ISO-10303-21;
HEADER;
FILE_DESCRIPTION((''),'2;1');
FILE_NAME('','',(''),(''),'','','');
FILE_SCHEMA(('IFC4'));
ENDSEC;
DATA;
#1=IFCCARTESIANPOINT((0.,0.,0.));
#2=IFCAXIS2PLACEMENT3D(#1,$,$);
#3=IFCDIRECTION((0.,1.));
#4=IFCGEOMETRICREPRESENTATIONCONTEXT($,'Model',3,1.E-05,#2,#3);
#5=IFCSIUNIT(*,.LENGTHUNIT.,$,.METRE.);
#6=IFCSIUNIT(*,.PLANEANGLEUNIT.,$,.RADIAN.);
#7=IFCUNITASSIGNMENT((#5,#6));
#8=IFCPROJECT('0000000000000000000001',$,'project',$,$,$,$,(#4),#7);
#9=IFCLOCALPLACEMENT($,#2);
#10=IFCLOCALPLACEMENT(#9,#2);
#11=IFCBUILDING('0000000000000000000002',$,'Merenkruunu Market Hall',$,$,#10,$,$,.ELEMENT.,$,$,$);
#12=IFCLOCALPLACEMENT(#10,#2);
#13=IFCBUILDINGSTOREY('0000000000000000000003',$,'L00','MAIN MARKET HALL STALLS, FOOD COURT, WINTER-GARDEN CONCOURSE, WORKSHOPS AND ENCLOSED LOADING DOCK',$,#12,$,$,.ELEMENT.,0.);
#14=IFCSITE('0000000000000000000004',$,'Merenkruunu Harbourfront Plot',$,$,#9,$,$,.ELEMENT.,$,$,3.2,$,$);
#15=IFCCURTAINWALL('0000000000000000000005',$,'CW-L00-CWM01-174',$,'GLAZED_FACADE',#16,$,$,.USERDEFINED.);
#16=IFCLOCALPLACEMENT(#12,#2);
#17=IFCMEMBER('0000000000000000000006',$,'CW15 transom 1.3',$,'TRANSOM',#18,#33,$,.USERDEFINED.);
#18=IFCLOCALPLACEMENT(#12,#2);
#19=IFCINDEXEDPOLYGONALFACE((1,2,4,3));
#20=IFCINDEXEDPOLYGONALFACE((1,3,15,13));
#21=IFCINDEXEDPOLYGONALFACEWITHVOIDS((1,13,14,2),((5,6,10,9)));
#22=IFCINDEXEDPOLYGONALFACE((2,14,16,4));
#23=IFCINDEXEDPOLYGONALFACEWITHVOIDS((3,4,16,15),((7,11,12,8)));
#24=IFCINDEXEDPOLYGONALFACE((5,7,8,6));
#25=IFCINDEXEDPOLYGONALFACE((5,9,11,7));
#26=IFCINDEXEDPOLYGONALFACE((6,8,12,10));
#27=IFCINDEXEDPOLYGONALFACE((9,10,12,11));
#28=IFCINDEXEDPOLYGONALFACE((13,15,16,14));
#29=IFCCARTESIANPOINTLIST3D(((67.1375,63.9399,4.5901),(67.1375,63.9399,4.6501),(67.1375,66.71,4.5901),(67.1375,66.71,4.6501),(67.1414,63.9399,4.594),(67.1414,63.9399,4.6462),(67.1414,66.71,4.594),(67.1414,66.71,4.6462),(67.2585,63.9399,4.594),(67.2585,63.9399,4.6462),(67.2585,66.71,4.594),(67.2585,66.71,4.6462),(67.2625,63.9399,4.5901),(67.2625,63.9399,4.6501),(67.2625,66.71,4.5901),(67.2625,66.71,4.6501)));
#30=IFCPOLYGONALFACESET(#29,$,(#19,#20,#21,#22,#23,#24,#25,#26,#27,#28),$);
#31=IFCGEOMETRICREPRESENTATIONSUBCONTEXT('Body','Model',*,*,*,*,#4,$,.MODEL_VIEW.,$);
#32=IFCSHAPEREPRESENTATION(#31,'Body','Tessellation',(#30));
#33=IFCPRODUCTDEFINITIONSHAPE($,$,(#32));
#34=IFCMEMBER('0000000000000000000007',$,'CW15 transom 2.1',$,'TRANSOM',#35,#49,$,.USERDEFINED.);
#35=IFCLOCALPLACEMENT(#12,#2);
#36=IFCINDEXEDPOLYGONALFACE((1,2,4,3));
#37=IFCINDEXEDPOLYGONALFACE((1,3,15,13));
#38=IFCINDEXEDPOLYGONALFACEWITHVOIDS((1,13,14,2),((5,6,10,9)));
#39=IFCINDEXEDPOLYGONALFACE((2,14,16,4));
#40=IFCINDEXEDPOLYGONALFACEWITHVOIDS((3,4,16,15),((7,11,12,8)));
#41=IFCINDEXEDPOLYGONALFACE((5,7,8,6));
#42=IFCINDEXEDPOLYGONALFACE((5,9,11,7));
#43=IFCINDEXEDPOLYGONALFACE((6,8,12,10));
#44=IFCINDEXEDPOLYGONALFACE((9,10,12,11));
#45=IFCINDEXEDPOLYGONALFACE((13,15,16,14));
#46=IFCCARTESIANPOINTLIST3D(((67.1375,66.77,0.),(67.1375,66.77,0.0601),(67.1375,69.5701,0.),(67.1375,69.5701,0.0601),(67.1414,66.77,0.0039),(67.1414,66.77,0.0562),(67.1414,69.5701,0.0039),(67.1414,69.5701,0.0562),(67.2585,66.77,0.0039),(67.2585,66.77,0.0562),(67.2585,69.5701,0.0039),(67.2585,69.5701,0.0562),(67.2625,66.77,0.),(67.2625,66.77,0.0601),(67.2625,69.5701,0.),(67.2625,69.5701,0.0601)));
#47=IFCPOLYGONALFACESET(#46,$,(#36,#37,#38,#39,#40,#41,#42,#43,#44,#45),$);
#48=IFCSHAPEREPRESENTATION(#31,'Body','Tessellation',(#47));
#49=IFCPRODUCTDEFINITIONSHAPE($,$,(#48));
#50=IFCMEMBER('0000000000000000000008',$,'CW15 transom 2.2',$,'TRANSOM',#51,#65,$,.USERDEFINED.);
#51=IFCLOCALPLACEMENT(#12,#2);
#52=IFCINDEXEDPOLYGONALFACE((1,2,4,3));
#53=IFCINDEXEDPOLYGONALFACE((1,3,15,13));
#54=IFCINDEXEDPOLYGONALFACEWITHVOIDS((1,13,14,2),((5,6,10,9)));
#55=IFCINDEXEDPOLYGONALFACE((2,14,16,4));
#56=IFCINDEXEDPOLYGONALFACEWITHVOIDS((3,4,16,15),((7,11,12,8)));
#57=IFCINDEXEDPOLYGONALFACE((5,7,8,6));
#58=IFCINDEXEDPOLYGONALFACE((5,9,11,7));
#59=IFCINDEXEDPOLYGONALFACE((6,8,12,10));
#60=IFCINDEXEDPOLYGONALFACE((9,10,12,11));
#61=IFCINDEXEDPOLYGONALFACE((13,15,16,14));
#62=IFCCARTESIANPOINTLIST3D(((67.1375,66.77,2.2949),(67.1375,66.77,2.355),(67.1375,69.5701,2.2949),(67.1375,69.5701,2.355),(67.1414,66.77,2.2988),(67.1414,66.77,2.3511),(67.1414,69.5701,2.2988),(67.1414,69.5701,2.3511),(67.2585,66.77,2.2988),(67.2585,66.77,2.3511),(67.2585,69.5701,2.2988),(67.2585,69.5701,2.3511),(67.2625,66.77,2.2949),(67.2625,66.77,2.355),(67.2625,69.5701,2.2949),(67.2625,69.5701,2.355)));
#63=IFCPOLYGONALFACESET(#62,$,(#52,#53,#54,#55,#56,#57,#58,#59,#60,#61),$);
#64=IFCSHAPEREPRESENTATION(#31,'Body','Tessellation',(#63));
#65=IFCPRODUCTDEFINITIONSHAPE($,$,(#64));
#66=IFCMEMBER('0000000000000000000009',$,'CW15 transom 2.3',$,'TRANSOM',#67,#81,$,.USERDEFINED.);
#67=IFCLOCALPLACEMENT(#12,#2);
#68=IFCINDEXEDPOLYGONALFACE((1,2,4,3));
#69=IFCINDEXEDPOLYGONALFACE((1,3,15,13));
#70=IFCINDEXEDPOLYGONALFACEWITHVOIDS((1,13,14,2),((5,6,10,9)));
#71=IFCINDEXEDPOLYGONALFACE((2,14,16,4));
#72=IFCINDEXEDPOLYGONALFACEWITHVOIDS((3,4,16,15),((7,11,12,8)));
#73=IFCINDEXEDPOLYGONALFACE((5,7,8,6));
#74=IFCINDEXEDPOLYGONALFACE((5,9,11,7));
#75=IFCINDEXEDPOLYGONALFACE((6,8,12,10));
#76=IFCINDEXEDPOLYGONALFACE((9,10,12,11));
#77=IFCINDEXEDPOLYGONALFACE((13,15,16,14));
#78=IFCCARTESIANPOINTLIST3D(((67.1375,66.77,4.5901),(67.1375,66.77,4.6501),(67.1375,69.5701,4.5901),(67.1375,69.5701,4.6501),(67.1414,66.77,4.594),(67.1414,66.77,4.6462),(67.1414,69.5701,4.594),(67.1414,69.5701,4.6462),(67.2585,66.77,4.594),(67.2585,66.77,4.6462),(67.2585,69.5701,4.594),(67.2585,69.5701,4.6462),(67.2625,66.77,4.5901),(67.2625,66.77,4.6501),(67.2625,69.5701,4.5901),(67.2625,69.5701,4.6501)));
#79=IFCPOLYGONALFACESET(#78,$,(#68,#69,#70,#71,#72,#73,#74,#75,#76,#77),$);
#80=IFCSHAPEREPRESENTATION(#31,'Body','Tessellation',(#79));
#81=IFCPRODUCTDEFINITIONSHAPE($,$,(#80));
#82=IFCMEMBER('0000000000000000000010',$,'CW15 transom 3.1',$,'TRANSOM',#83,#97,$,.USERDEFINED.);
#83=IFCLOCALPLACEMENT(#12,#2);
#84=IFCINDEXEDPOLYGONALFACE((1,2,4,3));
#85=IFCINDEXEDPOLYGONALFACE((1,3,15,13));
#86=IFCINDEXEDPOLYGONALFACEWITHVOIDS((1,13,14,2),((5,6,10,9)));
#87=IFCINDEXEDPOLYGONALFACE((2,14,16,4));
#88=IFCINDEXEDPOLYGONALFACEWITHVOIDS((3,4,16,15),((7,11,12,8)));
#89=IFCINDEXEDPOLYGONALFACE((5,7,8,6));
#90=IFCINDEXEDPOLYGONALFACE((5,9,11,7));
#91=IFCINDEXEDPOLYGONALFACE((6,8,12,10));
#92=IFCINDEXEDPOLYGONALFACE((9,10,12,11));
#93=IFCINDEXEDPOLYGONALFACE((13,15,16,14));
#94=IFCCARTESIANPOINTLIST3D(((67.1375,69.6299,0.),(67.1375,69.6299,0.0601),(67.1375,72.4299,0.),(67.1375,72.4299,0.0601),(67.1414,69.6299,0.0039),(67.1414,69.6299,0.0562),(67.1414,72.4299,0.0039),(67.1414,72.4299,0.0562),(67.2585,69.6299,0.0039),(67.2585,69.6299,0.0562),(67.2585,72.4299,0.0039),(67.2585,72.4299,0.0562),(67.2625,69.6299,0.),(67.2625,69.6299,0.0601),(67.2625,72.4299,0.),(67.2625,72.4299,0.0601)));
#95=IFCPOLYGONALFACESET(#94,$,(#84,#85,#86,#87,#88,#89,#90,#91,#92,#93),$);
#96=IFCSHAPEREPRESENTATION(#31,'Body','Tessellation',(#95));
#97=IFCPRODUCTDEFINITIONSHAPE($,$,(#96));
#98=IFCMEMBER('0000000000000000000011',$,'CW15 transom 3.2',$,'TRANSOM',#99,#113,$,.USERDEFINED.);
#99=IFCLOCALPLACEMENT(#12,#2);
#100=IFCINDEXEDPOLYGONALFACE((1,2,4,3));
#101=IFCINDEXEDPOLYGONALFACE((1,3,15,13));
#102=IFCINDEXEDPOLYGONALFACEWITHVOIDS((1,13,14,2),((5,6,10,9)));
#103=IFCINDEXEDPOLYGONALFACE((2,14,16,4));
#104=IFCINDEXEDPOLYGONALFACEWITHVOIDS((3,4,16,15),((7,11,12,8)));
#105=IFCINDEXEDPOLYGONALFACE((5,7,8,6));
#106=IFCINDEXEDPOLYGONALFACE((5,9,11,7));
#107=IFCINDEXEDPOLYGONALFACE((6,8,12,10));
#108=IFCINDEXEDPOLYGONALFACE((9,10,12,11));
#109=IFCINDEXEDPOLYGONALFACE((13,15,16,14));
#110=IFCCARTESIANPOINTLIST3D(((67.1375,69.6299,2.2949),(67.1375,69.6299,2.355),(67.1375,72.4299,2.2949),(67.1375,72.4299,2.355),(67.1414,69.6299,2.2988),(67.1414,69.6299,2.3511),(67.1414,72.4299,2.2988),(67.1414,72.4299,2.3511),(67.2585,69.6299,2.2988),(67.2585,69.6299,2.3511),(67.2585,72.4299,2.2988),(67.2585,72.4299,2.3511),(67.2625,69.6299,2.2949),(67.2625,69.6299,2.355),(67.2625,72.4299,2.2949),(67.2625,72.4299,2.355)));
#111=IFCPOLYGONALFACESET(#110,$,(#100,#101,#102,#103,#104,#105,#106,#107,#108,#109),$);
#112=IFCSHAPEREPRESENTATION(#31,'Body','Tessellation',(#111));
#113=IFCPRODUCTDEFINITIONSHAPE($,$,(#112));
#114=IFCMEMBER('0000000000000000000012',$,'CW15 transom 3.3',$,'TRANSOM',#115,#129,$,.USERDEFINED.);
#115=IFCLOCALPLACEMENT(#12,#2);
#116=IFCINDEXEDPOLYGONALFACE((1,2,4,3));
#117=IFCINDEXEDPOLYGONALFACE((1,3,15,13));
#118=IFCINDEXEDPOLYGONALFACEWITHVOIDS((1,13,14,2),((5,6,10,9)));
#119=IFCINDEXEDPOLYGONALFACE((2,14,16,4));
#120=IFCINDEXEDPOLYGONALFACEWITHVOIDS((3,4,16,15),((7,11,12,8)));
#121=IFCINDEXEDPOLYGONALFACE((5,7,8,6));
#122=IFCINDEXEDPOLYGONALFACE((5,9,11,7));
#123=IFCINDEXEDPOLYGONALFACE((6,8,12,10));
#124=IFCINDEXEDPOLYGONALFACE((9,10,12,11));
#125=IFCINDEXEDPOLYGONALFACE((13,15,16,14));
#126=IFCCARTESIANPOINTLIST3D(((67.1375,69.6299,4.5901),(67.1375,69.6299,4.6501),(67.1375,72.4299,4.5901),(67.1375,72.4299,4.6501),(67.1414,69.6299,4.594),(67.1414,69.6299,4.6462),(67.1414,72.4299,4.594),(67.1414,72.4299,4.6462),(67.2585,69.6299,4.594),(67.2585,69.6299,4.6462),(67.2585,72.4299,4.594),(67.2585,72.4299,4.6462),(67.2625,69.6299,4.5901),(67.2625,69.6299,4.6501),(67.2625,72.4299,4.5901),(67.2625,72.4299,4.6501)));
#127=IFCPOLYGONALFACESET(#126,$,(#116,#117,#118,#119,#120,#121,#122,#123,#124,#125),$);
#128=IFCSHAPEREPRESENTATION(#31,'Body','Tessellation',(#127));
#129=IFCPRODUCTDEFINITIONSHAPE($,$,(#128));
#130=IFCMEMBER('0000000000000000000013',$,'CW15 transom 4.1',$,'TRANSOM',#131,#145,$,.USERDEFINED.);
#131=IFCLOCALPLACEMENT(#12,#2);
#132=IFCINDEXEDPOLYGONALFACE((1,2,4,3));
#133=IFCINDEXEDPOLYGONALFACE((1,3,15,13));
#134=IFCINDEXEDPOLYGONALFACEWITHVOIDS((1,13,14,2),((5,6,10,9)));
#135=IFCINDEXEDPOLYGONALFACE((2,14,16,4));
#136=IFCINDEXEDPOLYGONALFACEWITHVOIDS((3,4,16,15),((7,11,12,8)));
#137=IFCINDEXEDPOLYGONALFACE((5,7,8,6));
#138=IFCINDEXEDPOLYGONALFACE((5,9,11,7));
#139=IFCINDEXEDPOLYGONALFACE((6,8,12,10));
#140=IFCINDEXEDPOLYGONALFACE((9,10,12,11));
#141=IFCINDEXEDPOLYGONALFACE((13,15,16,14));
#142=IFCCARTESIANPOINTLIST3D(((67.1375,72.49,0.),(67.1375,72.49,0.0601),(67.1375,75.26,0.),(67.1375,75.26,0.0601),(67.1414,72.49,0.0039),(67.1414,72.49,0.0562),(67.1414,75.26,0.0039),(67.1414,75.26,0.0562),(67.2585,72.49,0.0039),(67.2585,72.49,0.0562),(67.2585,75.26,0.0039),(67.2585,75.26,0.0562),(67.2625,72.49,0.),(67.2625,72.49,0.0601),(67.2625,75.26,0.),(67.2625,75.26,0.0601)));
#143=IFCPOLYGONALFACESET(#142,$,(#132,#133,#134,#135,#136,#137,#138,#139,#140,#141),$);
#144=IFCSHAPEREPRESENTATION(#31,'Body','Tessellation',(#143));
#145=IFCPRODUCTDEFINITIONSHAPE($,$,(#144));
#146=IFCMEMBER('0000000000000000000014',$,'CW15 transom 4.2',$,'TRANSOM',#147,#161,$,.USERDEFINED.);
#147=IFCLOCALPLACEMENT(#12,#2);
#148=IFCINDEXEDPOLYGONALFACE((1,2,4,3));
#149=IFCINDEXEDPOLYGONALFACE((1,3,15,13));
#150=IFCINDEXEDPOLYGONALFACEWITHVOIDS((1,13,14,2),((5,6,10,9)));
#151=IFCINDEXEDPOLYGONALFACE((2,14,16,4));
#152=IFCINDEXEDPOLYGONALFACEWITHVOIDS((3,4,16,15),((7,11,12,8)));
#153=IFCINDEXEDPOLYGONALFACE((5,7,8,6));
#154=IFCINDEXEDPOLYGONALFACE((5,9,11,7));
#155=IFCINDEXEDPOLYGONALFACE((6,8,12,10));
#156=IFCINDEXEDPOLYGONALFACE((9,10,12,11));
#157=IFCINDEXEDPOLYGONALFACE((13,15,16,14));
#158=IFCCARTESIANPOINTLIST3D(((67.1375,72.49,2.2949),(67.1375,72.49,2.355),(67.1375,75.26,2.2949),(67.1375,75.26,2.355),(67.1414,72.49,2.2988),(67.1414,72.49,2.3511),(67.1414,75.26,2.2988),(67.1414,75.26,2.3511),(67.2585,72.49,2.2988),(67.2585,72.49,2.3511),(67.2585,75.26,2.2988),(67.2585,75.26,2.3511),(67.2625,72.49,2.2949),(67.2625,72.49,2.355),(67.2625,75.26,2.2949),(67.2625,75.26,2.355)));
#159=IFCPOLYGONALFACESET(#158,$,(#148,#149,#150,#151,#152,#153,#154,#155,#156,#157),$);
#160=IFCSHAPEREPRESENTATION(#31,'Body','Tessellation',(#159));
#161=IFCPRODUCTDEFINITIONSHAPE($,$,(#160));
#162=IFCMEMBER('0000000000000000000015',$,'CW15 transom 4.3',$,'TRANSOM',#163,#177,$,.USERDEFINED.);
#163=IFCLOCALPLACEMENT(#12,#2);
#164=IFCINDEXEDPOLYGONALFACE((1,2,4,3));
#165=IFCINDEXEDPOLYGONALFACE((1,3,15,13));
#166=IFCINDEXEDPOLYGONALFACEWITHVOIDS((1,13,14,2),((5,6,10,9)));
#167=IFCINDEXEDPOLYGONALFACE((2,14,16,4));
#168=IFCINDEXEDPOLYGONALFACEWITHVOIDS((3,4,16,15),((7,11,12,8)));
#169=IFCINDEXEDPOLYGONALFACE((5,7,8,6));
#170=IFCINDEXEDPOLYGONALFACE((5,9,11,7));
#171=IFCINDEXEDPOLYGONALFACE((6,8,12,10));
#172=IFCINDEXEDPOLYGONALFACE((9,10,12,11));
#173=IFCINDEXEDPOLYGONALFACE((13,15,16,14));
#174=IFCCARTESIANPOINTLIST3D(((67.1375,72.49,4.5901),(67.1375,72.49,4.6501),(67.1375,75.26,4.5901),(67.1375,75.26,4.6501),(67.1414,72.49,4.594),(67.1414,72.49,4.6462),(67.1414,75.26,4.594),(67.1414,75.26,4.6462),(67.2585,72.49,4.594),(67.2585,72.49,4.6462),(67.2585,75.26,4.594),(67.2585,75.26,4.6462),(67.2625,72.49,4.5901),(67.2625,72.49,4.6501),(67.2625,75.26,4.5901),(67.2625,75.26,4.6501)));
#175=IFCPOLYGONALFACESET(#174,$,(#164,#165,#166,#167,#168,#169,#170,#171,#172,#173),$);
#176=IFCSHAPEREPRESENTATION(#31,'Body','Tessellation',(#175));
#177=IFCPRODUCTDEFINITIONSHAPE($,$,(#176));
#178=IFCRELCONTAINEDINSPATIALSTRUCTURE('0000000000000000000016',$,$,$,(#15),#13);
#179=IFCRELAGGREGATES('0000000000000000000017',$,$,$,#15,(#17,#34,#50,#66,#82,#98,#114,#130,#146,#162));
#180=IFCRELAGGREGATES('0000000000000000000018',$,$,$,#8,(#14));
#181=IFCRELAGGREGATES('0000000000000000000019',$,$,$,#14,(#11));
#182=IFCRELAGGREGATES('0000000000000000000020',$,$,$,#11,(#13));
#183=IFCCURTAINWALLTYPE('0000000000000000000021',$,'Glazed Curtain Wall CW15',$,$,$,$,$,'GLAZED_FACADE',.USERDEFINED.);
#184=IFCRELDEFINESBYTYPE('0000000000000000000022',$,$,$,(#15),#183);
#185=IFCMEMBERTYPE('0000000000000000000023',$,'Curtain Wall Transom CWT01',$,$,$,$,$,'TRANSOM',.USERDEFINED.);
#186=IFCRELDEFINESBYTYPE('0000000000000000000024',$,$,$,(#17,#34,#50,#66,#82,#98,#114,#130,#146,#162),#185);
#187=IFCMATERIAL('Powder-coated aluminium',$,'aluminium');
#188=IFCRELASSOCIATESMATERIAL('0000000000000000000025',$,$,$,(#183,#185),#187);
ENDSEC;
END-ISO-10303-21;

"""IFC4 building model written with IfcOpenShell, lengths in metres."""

from ifc_helpers import new_model, si_unit, direction, frame, origin, origin_2d, place, context, subcontext, project, spatial, hollow_rectangle, extrude, material, material_profile, profile_set, type_object, element, aggregate, save


model = new_model("IFC4")

# Units and contexts
model_context = context("Model", 3, precision=1e-05, world=origin(), true_north=direction((0.0, 1.0)))
body_context = subcontext(model_context, "Body", "Model", "MODEL_VIEW")
ifc_project = project(units=[si_unit("LENGTHUNIT", "METRE"), si_unit("PLANEANGLEUNIT", "RADIAN")], contexts=[model_context])

# Site, building, storey
site_placement = place(None, origin())
site = spatial("IfcSite", under=ifc_project, at=site_placement, Name="Merenkruunu Harbourfront Plot", CompositionType="ELEMENT", RefElevation=3.2)
building_placement = place(site_placement, origin())
building = spatial("IfcBuilding", under=site, at=building_placement, Name="Merenkruunu Market Hall", CompositionType="ELEMENT")
storey_placement = place(building_placement, origin())
storey = spatial("IfcBuildingStorey", under=building, at=storey_placement, Name="L00", Description="MAIN MARKET HALL STALLS, FOOD COURT, WINTER-GARDEN CONCOURSE, WORKSHOPS AND ENCLOSED LOADING DOCK", CompositionType="ELEMENT", Elevation=0.0)

# Curtain wall, members
ifc_material_1 = material(Name="Powder-coated aluminium", Category="aluminium")
curtain_wall_type = type_object("IfcCurtainWallType", Name="Glazed Curtain Wall CW15", ElementType="GLAZED_FACADE", PredefinedType="USERDEFINED", material=ifc_material_1)
curtain_wall_placement = place(storey_placement, origin())
curtain_wall = element("IfcCurtainWall", 1, at=curtain_wall_placement, inside=storey, type_object=curtain_wall_type, Name="CW-L00-CWM01-174", ObjectType="GLAZED_FACADE", PredefinedType="USERDEFINED")
ifc_material_profile_1 = material_profile(ifc_material_1, hollow_rectangle(XDim=0.0601, YDim=0.125, WallThickness=0.0039, at=origin_2d()), Name="ALU 60x125x4")
ifc_profile_set_1 = profile_set([ifc_material_profile_1], Name="Powder-coated aluminium")
member_type_1 = type_object("IfcMemberType", Name="Curtain Wall Transom CWT01", ElementType="TRANSOM", PredefinedType="USERDEFINED", material=ifc_profile_set_1)
member_1_placement = place(storey_placement, frame((67.2, 63.9399, 4.6201), z_axis=(0.0, 1.0, 0.0), x_axis=(0.0, 0.0, 1.0)))
member_1 = element("IfcMember", 2, at=member_1_placement, type_object=member_type_1, Name="CW15 transom 1.3", ObjectType="TRANSOM", PredefinedType="USERDEFINED", context=body_context, shape_type="SweptSolid", body=[
    extrude(hollow_rectangle(XDim=0.0601, YDim=0.125, WallThickness=0.0039, at=origin_2d()), origin(), (0.0, 0.0, 1.0), 2.77),
])
member_2_placement = place(storey_placement, frame((67.2, 66.77, 0.03), z_axis=(0.0, 1.0, 0.0), x_axis=(0.0, 0.0, 1.0)))
member_2 = element("IfcMember", 3, at=member_2_placement, type_object=member_type_1, Name="CW15 transom 2.1", ObjectType="TRANSOM", PredefinedType="USERDEFINED", context=body_context, shape_type="SweptSolid", body=[
    extrude(hollow_rectangle(XDim=0.0601, YDim=0.125, WallThickness=0.0039, at=origin_2d()), origin(), (0.0, 0.0, 1.0), 2.8),
])
member_3_placement = place(storey_placement, frame((67.2, 66.77, 2.325), z_axis=(0.0, 1.0, 0.0), x_axis=(0.0, 0.0, 1.0)))
member_3 = element("IfcMember", 4, at=member_3_placement, type_object=member_type_1, Name="CW15 transom 2.2", ObjectType="TRANSOM", PredefinedType="USERDEFINED", context=body_context, shape_type="SweptSolid", body=[
    extrude(hollow_rectangle(XDim=0.0601, YDim=0.125, WallThickness=0.0039, at=origin_2d()), origin(), (0.0, 0.0, 1.0), 2.8),
])
member_4_placement = place(storey_placement, frame((67.2, 66.77, 4.6201), z_axis=(0.0, 1.0, 0.0), x_axis=(0.0, 0.0, 1.0)))
member_4 = element("IfcMember", 5, at=member_4_placement, type_object=member_type_1, Name="CW15 transom 2.3", ObjectType="TRANSOM", PredefinedType="USERDEFINED", context=body_context, shape_type="SweptSolid", body=[
    extrude(hollow_rectangle(XDim=0.0601, YDim=0.125, WallThickness=0.0039, at=origin_2d()), origin(), (0.0, 0.0, 1.0), 2.8),
])
member_5_placement = place(storey_placement, frame((67.2, 69.6299, 0.03), z_axis=(0.0, 1.0, 0.0), x_axis=(0.0, 0.0, 1.0)))
member_5 = element("IfcMember", 6, at=member_5_placement, type_object=member_type_1, Name="CW15 transom 3.1", ObjectType="TRANSOM", PredefinedType="USERDEFINED", context=body_context, shape_type="SweptSolid", body=[
    extrude(hollow_rectangle(XDim=0.0601, YDim=0.125, WallThickness=0.0039, at=origin_2d()), origin(), (0.0, 0.0, 1.0), 2.8),
])
member_6_placement = place(storey_placement, frame((67.2, 69.6299, 2.325), z_axis=(0.0, 1.0, 0.0), x_axis=(0.0, 0.0, 1.0)))
member_6 = element("IfcMember", 7, at=member_6_placement, type_object=member_type_1, Name="CW15 transom 3.2", ObjectType="TRANSOM", PredefinedType="USERDEFINED", context=body_context, shape_type="SweptSolid", body=[
    extrude(hollow_rectangle(XDim=0.0601, YDim=0.125, WallThickness=0.0039, at=origin_2d()), origin(), (0.0, 0.0, 1.0), 2.8),
])
member_7_placement = place(storey_placement, frame((67.2, 69.6299, 4.6201), z_axis=(0.0, 1.0, 0.0), x_axis=(0.0, 0.0, 1.0)))
member_7 = element("IfcMember", 8, at=member_7_placement, type_object=member_type_1, Name="CW15 transom 3.3", ObjectType="TRANSOM", PredefinedType="USERDEFINED", context=body_context, shape_type="SweptSolid", body=[
    extrude(hollow_rectangle(XDim=0.0601, YDim=0.125, WallThickness=0.0039, at=origin_2d()), origin(), (0.0, 0.0, 1.0), 2.8),
])
member_8_placement = place(storey_placement, frame((67.2, 72.49, 0.03), z_axis=(0.0, 1.0, 0.0), x_axis=(0.0, 0.0, 1.0)))
member_8 = element("IfcMember", 9, at=member_8_placement, type_object=member_type_1, Name="CW15 transom 4.1", ObjectType="TRANSOM", PredefinedType="USERDEFINED", context=body_context, shape_type="SweptSolid", body=[
    extrude(hollow_rectangle(XDim=0.0601, YDim=0.125, WallThickness=0.0039, at=origin_2d()), origin(), (0.0, 0.0, 1.0), 2.77),
])
member_9_placement = place(storey_placement, frame((67.2, 72.49, 2.325), z_axis=(0.0, 1.0, 0.0), x_axis=(0.0, 0.0, 1.0)))
member_9 = element("IfcMember", 10, at=member_9_placement, type_object=member_type_1, Name="CW15 transom 4.2", ObjectType="TRANSOM", PredefinedType="USERDEFINED", context=body_context, shape_type="SweptSolid", body=[
    extrude(hollow_rectangle(XDim=0.0601, YDim=0.125, WallThickness=0.0039, at=origin_2d()), origin(), (0.0, 0.0, 1.0), 2.77),
])
member_10_placement = place(storey_placement, frame((67.2, 72.49, 4.6201), z_axis=(0.0, 1.0, 0.0), x_axis=(0.0, 0.0, 1.0)))
member_10 = element("IfcMember", 11, at=member_10_placement, type_object=member_type_1, Name="CW15 transom 4.3", ObjectType="TRANSOM", PredefinedType="USERDEFINED", context=body_context, shape_type="SweptSolid", body=[
    extrude(hollow_rectangle(XDim=0.0601, YDim=0.125, WallThickness=0.0039, at=origin_2d()), origin(), (0.0, 0.0, 1.0), 2.77),
])

aggregate(curtain_wall, [member_1, member_2, member_3, member_4, member_5, member_6, member_7, member_8, member_9, member_10])

save(model, "model.ifc")
